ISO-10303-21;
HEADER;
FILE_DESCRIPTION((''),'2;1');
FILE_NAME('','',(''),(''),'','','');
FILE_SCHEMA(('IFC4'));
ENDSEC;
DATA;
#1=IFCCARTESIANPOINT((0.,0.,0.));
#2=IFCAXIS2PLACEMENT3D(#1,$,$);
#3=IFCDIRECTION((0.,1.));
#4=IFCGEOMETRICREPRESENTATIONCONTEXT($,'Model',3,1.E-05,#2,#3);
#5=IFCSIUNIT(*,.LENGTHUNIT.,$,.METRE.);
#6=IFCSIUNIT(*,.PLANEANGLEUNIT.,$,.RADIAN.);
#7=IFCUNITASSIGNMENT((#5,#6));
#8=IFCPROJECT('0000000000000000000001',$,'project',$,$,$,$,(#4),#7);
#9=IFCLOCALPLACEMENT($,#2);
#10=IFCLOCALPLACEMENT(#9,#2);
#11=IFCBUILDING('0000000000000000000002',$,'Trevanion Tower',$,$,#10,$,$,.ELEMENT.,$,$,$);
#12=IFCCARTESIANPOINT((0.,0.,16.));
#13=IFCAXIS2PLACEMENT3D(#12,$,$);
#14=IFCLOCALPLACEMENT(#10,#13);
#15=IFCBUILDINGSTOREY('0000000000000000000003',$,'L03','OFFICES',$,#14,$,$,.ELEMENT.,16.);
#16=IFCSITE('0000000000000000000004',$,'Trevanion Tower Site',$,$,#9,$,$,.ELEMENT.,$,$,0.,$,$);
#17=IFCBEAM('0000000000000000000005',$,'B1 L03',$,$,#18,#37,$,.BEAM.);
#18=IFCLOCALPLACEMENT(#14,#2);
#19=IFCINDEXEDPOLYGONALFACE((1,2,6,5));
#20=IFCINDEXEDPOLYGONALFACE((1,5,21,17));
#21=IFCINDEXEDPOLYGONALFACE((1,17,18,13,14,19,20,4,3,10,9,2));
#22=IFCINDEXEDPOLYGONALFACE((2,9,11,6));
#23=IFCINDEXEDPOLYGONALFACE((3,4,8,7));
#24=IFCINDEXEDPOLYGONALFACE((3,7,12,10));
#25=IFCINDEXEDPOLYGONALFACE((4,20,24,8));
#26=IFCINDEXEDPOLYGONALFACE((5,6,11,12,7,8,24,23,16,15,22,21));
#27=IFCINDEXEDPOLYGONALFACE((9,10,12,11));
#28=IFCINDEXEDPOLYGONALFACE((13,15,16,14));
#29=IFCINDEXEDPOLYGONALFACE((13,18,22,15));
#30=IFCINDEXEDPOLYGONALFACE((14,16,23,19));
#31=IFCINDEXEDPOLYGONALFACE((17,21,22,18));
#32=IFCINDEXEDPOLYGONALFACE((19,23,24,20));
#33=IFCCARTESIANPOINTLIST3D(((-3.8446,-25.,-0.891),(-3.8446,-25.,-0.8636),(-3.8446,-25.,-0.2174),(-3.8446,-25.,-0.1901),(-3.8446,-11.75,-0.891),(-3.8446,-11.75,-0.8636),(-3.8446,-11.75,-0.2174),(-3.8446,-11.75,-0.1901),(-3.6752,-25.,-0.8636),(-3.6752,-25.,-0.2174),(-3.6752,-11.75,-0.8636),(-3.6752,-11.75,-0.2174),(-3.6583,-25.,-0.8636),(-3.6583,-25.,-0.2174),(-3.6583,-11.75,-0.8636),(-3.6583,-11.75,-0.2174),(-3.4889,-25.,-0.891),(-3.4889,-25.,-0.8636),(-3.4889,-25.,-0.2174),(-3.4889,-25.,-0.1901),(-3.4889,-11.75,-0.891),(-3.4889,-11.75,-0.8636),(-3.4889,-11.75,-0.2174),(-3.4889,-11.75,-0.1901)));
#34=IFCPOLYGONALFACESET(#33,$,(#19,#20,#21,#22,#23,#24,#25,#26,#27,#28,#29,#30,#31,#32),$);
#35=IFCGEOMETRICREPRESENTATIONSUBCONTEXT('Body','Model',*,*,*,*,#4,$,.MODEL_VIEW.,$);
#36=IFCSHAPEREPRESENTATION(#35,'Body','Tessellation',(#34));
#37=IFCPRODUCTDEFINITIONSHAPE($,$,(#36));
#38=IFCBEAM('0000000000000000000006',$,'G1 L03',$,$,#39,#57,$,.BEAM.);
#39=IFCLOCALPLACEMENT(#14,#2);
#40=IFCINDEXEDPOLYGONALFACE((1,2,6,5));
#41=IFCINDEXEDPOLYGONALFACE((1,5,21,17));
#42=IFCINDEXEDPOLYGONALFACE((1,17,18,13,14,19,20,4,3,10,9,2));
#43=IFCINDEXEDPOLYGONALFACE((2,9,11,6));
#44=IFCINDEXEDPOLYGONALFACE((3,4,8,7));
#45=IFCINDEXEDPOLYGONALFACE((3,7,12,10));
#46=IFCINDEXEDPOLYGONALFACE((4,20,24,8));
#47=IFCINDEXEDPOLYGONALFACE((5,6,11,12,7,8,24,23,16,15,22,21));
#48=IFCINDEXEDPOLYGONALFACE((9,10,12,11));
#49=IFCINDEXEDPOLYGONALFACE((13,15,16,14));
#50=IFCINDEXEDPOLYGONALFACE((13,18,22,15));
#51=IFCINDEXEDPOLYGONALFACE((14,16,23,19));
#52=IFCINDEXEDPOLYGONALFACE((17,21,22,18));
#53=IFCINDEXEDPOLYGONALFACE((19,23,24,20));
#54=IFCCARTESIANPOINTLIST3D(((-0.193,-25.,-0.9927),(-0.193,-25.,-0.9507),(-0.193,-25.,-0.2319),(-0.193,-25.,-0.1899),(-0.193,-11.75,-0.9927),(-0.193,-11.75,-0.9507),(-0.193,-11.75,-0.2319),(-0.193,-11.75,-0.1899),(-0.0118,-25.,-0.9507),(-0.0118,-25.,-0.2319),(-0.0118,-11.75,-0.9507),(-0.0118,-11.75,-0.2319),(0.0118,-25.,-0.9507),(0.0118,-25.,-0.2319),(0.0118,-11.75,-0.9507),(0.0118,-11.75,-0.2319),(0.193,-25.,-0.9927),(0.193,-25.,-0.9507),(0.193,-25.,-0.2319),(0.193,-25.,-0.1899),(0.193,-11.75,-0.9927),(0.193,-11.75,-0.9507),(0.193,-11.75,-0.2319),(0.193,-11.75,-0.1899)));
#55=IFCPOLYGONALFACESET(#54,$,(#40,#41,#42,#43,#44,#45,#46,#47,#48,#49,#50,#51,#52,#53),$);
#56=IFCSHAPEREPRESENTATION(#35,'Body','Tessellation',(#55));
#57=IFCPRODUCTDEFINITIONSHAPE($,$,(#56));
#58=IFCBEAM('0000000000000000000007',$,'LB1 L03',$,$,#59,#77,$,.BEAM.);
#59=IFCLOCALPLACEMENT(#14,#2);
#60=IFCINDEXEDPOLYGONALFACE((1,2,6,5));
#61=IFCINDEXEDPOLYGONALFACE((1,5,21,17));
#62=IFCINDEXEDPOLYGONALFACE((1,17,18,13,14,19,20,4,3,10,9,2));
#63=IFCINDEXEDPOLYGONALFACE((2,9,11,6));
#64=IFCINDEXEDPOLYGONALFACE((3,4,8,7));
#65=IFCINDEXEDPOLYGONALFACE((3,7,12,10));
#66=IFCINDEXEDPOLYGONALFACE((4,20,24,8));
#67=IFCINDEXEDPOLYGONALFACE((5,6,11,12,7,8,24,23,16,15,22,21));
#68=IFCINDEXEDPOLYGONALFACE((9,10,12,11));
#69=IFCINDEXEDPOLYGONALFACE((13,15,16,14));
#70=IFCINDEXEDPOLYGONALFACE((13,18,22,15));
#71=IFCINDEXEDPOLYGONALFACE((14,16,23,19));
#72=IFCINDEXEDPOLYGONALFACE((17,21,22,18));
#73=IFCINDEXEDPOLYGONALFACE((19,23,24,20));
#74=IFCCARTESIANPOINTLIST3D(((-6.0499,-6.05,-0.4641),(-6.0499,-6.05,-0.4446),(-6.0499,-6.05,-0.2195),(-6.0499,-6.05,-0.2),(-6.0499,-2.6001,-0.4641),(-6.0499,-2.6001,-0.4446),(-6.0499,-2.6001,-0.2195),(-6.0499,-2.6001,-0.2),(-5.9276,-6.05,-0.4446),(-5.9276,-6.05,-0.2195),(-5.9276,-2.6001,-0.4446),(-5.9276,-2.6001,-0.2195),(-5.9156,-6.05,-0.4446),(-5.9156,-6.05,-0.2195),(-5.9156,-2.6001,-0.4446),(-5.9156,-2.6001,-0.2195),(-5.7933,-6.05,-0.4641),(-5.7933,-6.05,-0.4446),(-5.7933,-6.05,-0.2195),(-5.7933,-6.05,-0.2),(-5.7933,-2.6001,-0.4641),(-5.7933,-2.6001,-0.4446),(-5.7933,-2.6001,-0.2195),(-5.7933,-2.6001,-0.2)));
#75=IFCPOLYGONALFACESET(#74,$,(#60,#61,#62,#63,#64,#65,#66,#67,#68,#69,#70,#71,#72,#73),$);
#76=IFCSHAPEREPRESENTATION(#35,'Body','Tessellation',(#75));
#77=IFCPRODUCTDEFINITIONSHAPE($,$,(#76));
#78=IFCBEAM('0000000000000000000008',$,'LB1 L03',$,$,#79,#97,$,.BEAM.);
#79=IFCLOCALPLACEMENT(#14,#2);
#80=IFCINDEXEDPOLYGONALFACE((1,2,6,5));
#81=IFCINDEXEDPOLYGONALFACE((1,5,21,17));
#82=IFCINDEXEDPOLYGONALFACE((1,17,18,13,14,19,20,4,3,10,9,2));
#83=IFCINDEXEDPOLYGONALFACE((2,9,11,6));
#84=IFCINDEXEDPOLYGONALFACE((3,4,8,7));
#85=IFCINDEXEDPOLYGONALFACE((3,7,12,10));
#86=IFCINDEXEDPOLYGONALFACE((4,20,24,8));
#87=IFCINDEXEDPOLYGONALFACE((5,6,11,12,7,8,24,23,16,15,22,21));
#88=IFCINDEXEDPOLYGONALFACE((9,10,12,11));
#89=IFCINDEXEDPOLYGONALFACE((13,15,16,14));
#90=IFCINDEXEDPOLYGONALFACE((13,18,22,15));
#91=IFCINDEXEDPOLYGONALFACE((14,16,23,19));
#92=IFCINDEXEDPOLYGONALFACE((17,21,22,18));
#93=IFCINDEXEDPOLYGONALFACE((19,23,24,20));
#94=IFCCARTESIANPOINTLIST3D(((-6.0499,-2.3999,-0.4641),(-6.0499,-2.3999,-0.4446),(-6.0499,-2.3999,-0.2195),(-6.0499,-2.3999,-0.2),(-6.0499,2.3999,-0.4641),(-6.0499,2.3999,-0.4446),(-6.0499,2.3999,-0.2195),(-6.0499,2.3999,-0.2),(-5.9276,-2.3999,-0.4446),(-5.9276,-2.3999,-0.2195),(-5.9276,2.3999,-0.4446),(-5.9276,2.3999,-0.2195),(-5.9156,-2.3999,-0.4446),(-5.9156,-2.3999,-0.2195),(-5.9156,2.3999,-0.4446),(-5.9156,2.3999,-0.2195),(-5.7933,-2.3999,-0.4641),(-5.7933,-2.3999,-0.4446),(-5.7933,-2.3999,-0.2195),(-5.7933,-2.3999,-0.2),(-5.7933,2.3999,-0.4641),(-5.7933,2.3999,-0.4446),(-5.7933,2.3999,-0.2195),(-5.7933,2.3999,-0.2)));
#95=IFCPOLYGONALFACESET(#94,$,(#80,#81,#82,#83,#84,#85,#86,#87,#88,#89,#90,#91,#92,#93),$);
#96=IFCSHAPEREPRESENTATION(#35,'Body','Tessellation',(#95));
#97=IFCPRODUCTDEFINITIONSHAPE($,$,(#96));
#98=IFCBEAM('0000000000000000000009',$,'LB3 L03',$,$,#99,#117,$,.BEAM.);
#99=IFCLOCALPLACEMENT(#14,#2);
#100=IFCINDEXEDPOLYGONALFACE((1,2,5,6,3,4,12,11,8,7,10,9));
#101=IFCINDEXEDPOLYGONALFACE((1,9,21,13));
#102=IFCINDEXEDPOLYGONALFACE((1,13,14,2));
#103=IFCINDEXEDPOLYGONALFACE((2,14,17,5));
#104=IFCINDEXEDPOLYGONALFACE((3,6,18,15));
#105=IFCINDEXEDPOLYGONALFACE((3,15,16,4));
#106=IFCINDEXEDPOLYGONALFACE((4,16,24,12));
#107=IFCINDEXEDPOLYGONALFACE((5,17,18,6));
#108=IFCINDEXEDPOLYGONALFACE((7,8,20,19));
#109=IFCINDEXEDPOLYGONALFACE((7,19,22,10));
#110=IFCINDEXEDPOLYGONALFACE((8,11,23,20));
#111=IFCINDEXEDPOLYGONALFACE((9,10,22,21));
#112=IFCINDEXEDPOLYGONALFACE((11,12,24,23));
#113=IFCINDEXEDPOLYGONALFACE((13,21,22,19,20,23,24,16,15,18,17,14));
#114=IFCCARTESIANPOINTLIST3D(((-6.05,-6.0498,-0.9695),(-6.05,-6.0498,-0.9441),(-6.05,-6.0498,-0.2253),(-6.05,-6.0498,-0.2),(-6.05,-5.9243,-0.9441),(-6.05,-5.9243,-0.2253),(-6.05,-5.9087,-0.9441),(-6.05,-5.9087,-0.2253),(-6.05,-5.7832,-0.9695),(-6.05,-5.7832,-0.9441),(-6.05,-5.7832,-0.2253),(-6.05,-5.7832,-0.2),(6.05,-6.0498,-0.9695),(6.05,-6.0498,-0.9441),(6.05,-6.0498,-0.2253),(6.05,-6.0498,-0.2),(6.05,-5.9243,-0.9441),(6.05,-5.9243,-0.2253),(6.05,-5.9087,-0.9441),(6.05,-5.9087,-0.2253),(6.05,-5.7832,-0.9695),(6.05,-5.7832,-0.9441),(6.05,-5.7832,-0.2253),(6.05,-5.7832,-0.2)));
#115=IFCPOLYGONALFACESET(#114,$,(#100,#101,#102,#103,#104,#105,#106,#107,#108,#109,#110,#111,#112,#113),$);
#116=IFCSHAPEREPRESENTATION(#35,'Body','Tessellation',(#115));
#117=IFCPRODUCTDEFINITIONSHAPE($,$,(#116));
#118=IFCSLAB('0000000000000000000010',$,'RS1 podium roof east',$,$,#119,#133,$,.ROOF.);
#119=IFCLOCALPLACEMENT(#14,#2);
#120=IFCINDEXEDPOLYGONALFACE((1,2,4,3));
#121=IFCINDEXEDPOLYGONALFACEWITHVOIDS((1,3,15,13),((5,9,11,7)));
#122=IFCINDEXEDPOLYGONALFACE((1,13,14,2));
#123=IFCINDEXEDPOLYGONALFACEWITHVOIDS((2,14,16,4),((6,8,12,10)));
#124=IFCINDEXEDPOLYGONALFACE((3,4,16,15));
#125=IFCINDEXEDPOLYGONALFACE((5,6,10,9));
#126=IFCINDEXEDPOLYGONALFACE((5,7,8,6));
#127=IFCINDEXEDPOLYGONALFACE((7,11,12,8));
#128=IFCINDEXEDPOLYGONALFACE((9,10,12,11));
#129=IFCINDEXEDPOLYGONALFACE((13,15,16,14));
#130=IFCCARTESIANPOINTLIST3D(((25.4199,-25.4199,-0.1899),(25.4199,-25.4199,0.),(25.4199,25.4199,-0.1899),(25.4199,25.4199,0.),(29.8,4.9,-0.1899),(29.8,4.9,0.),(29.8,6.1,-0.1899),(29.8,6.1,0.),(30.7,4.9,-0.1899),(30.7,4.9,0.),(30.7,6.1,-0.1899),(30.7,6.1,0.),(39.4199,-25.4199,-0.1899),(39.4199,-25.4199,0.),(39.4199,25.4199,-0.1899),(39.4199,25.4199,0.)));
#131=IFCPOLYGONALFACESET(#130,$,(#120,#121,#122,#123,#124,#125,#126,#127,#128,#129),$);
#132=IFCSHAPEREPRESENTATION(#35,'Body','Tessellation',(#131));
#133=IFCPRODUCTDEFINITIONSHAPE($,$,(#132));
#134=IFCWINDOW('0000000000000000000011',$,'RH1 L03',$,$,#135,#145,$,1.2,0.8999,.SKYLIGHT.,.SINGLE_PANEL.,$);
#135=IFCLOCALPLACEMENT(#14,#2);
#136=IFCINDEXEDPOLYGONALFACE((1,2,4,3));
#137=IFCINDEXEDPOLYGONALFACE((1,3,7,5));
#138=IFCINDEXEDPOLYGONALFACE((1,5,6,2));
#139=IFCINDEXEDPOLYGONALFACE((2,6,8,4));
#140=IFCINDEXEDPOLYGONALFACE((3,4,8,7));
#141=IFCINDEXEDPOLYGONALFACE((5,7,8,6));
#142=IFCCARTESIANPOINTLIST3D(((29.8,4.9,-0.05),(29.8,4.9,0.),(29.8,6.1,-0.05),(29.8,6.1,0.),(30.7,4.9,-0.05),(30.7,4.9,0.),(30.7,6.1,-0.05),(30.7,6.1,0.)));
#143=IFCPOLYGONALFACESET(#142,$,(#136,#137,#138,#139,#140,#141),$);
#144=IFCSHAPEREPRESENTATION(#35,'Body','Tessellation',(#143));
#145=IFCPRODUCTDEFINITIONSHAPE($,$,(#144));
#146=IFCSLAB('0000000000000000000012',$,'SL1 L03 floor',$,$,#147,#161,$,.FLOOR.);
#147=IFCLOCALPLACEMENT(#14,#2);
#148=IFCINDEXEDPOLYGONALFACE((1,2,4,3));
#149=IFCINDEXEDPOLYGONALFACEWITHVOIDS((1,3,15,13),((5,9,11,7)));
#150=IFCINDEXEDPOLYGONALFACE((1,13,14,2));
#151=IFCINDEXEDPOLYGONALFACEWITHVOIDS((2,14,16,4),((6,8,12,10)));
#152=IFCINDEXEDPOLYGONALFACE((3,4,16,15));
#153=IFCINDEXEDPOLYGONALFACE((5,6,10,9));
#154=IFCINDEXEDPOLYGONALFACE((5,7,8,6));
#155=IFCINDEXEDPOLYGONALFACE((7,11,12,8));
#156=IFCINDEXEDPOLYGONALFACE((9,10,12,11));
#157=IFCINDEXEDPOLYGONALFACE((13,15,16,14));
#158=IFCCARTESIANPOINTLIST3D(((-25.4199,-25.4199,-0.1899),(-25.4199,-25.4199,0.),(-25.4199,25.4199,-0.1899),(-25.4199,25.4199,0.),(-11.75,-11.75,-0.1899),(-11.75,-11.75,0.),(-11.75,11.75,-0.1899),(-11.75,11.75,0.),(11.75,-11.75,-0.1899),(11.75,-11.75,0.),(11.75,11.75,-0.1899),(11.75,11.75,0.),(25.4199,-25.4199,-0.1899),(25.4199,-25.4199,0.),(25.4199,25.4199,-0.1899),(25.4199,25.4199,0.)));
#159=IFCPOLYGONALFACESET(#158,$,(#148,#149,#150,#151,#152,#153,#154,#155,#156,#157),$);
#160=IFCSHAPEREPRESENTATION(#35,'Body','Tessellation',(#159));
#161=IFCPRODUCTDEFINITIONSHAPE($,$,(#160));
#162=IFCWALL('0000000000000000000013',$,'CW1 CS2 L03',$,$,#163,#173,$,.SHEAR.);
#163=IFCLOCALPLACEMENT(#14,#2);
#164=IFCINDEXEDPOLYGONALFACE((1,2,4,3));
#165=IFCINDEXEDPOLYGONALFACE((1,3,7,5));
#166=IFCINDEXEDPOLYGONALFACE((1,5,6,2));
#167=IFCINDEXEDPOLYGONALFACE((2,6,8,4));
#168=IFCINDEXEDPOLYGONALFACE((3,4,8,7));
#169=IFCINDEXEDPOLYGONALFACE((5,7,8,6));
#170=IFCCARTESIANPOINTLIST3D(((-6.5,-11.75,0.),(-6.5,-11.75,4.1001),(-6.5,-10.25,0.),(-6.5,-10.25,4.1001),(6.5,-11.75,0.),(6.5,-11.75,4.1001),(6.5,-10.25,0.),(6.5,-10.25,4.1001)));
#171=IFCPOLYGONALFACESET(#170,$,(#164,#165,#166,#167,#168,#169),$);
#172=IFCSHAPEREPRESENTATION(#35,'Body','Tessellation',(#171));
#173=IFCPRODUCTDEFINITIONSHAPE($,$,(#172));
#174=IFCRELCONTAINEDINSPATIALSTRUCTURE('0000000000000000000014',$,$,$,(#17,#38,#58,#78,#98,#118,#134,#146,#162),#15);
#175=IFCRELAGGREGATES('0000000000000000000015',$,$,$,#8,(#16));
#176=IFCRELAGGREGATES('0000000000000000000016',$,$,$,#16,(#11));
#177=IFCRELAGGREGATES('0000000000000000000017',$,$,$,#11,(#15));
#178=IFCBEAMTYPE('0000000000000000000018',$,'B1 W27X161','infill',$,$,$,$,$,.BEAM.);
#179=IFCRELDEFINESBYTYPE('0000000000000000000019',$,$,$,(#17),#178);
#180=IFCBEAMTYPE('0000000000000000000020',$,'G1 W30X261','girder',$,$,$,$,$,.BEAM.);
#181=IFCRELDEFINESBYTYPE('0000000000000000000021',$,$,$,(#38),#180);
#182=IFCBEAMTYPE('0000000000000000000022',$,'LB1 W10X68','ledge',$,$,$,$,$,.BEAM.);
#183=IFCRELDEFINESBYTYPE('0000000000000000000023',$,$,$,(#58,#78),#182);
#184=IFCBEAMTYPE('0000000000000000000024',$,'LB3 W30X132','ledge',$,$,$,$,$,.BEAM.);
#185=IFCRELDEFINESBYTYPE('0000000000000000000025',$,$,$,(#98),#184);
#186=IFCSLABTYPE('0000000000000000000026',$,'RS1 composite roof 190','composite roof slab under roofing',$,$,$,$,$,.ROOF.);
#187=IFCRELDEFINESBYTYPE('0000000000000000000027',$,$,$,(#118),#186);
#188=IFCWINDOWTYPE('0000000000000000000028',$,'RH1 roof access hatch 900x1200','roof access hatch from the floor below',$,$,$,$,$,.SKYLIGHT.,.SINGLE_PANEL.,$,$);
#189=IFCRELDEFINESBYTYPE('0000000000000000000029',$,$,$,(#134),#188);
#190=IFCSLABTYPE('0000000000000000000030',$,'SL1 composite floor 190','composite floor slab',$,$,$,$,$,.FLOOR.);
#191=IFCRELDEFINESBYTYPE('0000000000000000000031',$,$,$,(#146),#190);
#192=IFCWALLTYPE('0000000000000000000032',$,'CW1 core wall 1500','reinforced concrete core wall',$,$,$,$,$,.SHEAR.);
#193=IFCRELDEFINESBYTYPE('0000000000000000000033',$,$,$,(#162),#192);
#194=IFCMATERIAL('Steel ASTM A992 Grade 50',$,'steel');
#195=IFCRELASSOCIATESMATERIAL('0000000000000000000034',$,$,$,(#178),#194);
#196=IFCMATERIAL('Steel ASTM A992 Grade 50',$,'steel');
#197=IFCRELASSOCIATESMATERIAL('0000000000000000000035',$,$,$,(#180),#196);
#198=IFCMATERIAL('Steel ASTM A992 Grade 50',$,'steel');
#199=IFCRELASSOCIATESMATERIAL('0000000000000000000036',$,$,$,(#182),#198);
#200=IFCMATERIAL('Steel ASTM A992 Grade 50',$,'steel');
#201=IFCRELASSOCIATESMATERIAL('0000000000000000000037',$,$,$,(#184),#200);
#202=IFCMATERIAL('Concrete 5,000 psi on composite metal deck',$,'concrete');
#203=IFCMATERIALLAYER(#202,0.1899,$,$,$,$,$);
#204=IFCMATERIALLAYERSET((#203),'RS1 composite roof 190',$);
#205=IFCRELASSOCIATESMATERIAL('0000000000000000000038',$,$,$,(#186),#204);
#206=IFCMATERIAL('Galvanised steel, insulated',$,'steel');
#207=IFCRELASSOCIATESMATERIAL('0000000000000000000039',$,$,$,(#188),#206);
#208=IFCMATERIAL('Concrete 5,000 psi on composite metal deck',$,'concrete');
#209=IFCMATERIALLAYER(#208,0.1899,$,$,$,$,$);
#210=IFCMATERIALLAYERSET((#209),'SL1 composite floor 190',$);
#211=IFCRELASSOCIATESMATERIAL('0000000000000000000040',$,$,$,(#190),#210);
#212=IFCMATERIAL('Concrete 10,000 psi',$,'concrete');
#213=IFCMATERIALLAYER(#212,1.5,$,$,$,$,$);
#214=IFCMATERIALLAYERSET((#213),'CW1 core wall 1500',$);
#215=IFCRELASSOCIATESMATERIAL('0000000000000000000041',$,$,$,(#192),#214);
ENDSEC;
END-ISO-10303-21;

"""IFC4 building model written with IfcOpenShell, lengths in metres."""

from ifc_helpers import new_model, si_unit, direction, frame, frame_2d, origin, origin_2d, place, context, subcontext, project, spatial, polyline, rectangle, i_section, outline, extrude, material, layer, layer_set, material_profile, profile_set, type_object, element, fill, save


model = new_model("IFC4")

# Units and contexts
model_context = context("Model", 3, precision=1e-05, world=origin(), true_north=direction((0.0, 1.0)))
body_context = subcontext(model_context, "Body", "Model", "MODEL_VIEW")
ifc_project = project(units=[si_unit("LENGTHUNIT", "METRE"), si_unit("PLANEANGLEUNIT", "RADIAN")], contexts=[model_context])

# Site, building, storey
site_placement = place(None, origin())
site = spatial("IfcSite", under=ifc_project, at=site_placement, Name="Trevanion Tower Site", CompositionType="ELEMENT", RefElevation=0.0)
building_placement = place(site_placement, origin())
building = spatial("IfcBuilding", under=site, at=building_placement, Name="Trevanion Tower", CompositionType="ELEMENT")
storey_placement = place(building_placement, frame((0.0, 0.0, 16.0)))
storey = spatial("IfcBuildingStorey", under=building, at=storey_placement, Name="L03", Description="OFFICES", CompositionType="ELEMENT", Elevation=16.0)

# Beams
ifc_material_1 = material(Name="Steel ASTM A992 Grade 50", Category="steel")
ifc_material_profile_1 = material_profile(ifc_material_1, i_section(OverallWidth=0.3557, OverallDepth=0.7009, WebThickness=0.0168, FlangeThickness=0.0273, at=origin_2d()), Name="W27X161")
ifc_profile_set_1 = profile_set([ifc_material_profile_1], Name="Steel ASTM A992 Grade 50")
beam_type_1 = type_object("IfcBeamType", Name="B1 W27X161", Description="infill", PredefinedType="BEAM", material=ifc_profile_set_1)
beam_1_placement = place(storey_placement, frame((-3.6667, -11.75, -0.5405), z_axis=(0.0, -1.0, 0.0), x_axis=(1.0, 0.0, 0.0)))
element("IfcBeam", 1, at=beam_1_placement, inside=storey, type_object=beam_type_1, Name="B1 L03", PredefinedType="BEAM", context=body_context, shape_type="SweptSolid", body=[
    extrude(i_section(OverallWidth=0.3557, OverallDepth=0.7009, WebThickness=0.0168, FlangeThickness=0.0273, at=origin_2d()), origin(), (0.0, 0.0, 1.0), 13.25),
])
ifc_material_2 = material(Name="Steel ASTM A992 Grade 50", Category="steel")
ifc_material_profile_2 = material_profile(ifc_material_2, i_section(OverallWidth=0.386, OverallDepth=0.8027, WebThickness=0.0237, FlangeThickness=0.042, at=origin_2d()), Name="W30X261")
ifc_profile_set_2 = profile_set([ifc_material_profile_2], Name="Steel ASTM A992 Grade 50")
beam_type_2 = type_object("IfcBeamType", Name="G1 W30X261", Description="girder", PredefinedType="BEAM", material=ifc_profile_set_2)
beam_2_placement = place(storey_placement, frame((0.0, -11.75, -0.5913), z_axis=(0.0, -1.0, 0.0), x_axis=(1.0, 0.0, 0.0)))
element("IfcBeam", 2, at=beam_2_placement, inside=storey, type_object=beam_type_2, Name="G1 L03", PredefinedType="BEAM", context=body_context, shape_type="SweptSolid", body=[
    extrude(i_section(OverallWidth=0.386, OverallDepth=0.8027, WebThickness=0.0237, FlangeThickness=0.042, at=origin_2d()), origin(), (0.0, 0.0, 1.0), 13.25),
])
ifc_material_3 = material(Name="Steel ASTM A992 Grade 50", Category="steel")
ifc_material_profile_3 = material_profile(ifc_material_3, i_section(OverallWidth=0.2566, OverallDepth=0.2642, WebThickness=0.012, FlangeThickness=0.0195, at=origin_2d()), Name="W10X68")
ifc_profile_set_3 = profile_set([ifc_material_profile_3], Name="Steel ASTM A992 Grade 50")
beam_type_3 = type_object("IfcBeamType", Name="LB1 W10X68", Description="ledge", PredefinedType="BEAM", material=ifc_profile_set_3)
beam_3_placement = place(storey_placement, frame((-5.9216, -6.05, -0.332), z_axis=(0.0, 1.0, 0.0), x_axis=(-1.0, 0.0, 0.0)))
element("IfcBeam", 3, at=beam_3_placement, inside=storey, type_object=beam_type_3, Name="LB1 L03", PredefinedType="BEAM", context=body_context, shape_type="SweptSolid", body=[
    extrude(i_section(OverallWidth=0.2566, OverallDepth=0.2642, WebThickness=0.012, FlangeThickness=0.0195, at=origin_2d()), origin(), (0.0, 0.0, 1.0), 3.45),
])
beam_4_placement = place(storey_placement, frame((-5.9216, -2.3999, -0.332), z_axis=(0.0, 1.0, 0.0), x_axis=(-1.0, 0.0, 0.0)))
element("IfcBeam", 4, at=beam_4_placement, inside=storey, type_object=beam_type_3, Name="LB1 L03", PredefinedType="BEAM", context=body_context, shape_type="SweptSolid", body=[
    extrude(i_section(OverallWidth=0.2566, OverallDepth=0.2642, WebThickness=0.012, FlangeThickness=0.0195, at=origin_2d()), origin(), (0.0, 0.0, 1.0), 4.7998),
])
ifc_material_4 = material(Name="Steel ASTM A992 Grade 50", Category="steel")
ifc_material_profile_4 = material_profile(ifc_material_4, i_section(OverallWidth=0.2666, OverallDepth=0.7695, WebThickness=0.0156, FlangeThickness=0.0254, at=origin_2d()), Name="W30X132")
ifc_profile_set_4 = profile_set([ifc_material_profile_4], Name="Steel ASTM A992 Grade 50")
beam_type_4 = type_object("IfcBeamType", Name="LB3 W30X132", Description="ledge", PredefinedType="BEAM", material=ifc_profile_set_4)
beam_5_placement = place(storey_placement, frame((-6.05, -5.9165, -0.5847), z_axis=(1.0, 0.0, 0.0), x_axis=(0.0, 1.0, 0.0)))
element("IfcBeam", 5, at=beam_5_placement, inside=storey, type_object=beam_type_4, Name="LB3 L03", PredefinedType="BEAM", context=body_context, shape_type="SweptSolid", body=[
    extrude(i_section(OverallWidth=0.2666, OverallDepth=0.7695, WebThickness=0.0156, FlangeThickness=0.0254, at=origin_2d()), origin(), (0.0, 0.0, 1.0), 12.1001),
])

# Slab, opening, window
ifc_material_5 = material(Name="Concrete 5,000 psi on composite metal deck", Category="concrete")
ifc_layer_1 = layer(ifc_material_5, 0.1899)
ifc_layer_set_1 = layer_set([ifc_layer_1], Name="RS1 composite roof 190")
slab_type_1 = type_object("IfcSlabType", Name="RS1 composite roof 190", Description="composite roof slab under roofing", PredefinedType="ROOF", material=ifc_layer_set_1)
slab_1_placement = place(storey_placement, frame((0.0, 0.0, -0.1899)))
slab_1 = element("IfcSlab", 6, at=slab_1_placement, inside=storey, type_object=slab_type_1, Name="RS1 podium roof east", PredefinedType="ROOF", context=body_context, shape_type="SweptSolid", body=[
    extrude(outline(polyline([(25.4199, -25.4199), (39.4199, -25.4199), (39.4199, 25.4199), (25.4199, 25.4199), (25.4199, -25.4199)])), origin(), (0.0, 0.0, 1.0), 0.1899),
])
opening_1_placement = place(slab_1_placement, frame((30.25, 5.5, 0.0)))
opening_1 = element("IfcOpeningElement", 7, at=opening_1_placement, cuts=slab_1, PredefinedType="OPENING", context=body_context, shape_type="SweptSolid", body=[
    extrude(rectangle(XDim=0.8999, YDim=1.2, at=origin_2d()), origin(), (0.0, 0.0, 1.0), 0.1899),
])
ifc_material_6 = material(Name="Galvanised steel, insulated", Category="steel")
window_type = type_object("IfcWindowType", Name="RH1 roof access hatch 900x1200", Description="roof access hatch from the floor below", PartitioningType="SINGLE_PANEL", PredefinedType="SKYLIGHT", material=ifc_material_6)
window_placement = place(opening_1_placement, frame((0.0, 0.0, 0.1399)))
window = element("IfcWindow", 8, at=window_placement, inside=storey, type_object=window_type, Name="RH1 L03", OverallHeight=1.2, OverallWidth=0.8999, PartitioningType="SINGLE_PANEL", PredefinedType="SKYLIGHT", context=body_context, shape_type="SweptSolid", body=[
    extrude(rectangle(XDim=0.8999, YDim=1.2, at=origin_2d()), origin(), (0.0, 0.0, 1.0), 0.05),
])
fill(opening_1, window)

# Slab
ifc_material_7 = material(Name="Concrete 5,000 psi on composite metal deck", Category="concrete")
ifc_layer_2 = layer(ifc_material_7, 0.1899)
ifc_layer_set_2 = layer_set([ifc_layer_2], Name="SL1 composite floor 190")
slab_type_2 = type_object("IfcSlabType", Name="SL1 composite floor 190", Description="composite floor slab", PredefinedType="FLOOR", material=ifc_layer_set_2)
slab_2_placement = place(storey_placement, frame((0.0, 0.0, -0.1899)))
element("IfcSlab", 9, at=slab_2_placement, inside=storey, type_object=slab_type_2, Name="SL1 L03 floor", PredefinedType="FLOOR", context=body_context, shape_type="SweptSolid", body=[
    extrude(outline(polyline([(25.4199, -25.4199), (25.4199, 25.4199), (-25.4199, 25.4199), (-25.4199, -25.4199), (25.4199, -25.4199)]), holes=[polyline([(11.75, -11.75), (11.75, 11.75), (-11.75, 11.75), (-11.75, -11.75), (11.75, -11.75)])]), origin(), (0.0, 0.0, 1.0), 0.1899),
])

# Wall
ifc_material_8 = material(Name="Concrete 10,000 psi", Category="concrete")
ifc_layer_3 = layer(ifc_material_8, 1.5)
ifc_layer_set_3 = layer_set([ifc_layer_3], Name="CW1 core wall 1500")
wall_type_1 = type_object("IfcWallType", Name="CW1 core wall 1500", Description="reinforced concrete core wall", PredefinedType="SHEAR", material=ifc_layer_set_3)
wall_1_placement = place(storey_placement, frame((-6.5, -11.0, 0.0), z_axis=(0.0, 0.0, 1.0), x_axis=(1.0, 0.0, 0.0)))
element("IfcWall", 10, at=wall_1_placement, inside=storey, type_object=wall_type_1, Name="CW1 CS2 L03", PredefinedType="SHEAR", context=body_context, shape_type="SweptSolid", body=[
    extrude(rectangle(XDim=13.0, YDim=1.5, at=frame_2d((6.5, 0.0))), origin(), (0.0, 0.0, 1.0), 4.1001),
])

save(model, "model.ifc")
